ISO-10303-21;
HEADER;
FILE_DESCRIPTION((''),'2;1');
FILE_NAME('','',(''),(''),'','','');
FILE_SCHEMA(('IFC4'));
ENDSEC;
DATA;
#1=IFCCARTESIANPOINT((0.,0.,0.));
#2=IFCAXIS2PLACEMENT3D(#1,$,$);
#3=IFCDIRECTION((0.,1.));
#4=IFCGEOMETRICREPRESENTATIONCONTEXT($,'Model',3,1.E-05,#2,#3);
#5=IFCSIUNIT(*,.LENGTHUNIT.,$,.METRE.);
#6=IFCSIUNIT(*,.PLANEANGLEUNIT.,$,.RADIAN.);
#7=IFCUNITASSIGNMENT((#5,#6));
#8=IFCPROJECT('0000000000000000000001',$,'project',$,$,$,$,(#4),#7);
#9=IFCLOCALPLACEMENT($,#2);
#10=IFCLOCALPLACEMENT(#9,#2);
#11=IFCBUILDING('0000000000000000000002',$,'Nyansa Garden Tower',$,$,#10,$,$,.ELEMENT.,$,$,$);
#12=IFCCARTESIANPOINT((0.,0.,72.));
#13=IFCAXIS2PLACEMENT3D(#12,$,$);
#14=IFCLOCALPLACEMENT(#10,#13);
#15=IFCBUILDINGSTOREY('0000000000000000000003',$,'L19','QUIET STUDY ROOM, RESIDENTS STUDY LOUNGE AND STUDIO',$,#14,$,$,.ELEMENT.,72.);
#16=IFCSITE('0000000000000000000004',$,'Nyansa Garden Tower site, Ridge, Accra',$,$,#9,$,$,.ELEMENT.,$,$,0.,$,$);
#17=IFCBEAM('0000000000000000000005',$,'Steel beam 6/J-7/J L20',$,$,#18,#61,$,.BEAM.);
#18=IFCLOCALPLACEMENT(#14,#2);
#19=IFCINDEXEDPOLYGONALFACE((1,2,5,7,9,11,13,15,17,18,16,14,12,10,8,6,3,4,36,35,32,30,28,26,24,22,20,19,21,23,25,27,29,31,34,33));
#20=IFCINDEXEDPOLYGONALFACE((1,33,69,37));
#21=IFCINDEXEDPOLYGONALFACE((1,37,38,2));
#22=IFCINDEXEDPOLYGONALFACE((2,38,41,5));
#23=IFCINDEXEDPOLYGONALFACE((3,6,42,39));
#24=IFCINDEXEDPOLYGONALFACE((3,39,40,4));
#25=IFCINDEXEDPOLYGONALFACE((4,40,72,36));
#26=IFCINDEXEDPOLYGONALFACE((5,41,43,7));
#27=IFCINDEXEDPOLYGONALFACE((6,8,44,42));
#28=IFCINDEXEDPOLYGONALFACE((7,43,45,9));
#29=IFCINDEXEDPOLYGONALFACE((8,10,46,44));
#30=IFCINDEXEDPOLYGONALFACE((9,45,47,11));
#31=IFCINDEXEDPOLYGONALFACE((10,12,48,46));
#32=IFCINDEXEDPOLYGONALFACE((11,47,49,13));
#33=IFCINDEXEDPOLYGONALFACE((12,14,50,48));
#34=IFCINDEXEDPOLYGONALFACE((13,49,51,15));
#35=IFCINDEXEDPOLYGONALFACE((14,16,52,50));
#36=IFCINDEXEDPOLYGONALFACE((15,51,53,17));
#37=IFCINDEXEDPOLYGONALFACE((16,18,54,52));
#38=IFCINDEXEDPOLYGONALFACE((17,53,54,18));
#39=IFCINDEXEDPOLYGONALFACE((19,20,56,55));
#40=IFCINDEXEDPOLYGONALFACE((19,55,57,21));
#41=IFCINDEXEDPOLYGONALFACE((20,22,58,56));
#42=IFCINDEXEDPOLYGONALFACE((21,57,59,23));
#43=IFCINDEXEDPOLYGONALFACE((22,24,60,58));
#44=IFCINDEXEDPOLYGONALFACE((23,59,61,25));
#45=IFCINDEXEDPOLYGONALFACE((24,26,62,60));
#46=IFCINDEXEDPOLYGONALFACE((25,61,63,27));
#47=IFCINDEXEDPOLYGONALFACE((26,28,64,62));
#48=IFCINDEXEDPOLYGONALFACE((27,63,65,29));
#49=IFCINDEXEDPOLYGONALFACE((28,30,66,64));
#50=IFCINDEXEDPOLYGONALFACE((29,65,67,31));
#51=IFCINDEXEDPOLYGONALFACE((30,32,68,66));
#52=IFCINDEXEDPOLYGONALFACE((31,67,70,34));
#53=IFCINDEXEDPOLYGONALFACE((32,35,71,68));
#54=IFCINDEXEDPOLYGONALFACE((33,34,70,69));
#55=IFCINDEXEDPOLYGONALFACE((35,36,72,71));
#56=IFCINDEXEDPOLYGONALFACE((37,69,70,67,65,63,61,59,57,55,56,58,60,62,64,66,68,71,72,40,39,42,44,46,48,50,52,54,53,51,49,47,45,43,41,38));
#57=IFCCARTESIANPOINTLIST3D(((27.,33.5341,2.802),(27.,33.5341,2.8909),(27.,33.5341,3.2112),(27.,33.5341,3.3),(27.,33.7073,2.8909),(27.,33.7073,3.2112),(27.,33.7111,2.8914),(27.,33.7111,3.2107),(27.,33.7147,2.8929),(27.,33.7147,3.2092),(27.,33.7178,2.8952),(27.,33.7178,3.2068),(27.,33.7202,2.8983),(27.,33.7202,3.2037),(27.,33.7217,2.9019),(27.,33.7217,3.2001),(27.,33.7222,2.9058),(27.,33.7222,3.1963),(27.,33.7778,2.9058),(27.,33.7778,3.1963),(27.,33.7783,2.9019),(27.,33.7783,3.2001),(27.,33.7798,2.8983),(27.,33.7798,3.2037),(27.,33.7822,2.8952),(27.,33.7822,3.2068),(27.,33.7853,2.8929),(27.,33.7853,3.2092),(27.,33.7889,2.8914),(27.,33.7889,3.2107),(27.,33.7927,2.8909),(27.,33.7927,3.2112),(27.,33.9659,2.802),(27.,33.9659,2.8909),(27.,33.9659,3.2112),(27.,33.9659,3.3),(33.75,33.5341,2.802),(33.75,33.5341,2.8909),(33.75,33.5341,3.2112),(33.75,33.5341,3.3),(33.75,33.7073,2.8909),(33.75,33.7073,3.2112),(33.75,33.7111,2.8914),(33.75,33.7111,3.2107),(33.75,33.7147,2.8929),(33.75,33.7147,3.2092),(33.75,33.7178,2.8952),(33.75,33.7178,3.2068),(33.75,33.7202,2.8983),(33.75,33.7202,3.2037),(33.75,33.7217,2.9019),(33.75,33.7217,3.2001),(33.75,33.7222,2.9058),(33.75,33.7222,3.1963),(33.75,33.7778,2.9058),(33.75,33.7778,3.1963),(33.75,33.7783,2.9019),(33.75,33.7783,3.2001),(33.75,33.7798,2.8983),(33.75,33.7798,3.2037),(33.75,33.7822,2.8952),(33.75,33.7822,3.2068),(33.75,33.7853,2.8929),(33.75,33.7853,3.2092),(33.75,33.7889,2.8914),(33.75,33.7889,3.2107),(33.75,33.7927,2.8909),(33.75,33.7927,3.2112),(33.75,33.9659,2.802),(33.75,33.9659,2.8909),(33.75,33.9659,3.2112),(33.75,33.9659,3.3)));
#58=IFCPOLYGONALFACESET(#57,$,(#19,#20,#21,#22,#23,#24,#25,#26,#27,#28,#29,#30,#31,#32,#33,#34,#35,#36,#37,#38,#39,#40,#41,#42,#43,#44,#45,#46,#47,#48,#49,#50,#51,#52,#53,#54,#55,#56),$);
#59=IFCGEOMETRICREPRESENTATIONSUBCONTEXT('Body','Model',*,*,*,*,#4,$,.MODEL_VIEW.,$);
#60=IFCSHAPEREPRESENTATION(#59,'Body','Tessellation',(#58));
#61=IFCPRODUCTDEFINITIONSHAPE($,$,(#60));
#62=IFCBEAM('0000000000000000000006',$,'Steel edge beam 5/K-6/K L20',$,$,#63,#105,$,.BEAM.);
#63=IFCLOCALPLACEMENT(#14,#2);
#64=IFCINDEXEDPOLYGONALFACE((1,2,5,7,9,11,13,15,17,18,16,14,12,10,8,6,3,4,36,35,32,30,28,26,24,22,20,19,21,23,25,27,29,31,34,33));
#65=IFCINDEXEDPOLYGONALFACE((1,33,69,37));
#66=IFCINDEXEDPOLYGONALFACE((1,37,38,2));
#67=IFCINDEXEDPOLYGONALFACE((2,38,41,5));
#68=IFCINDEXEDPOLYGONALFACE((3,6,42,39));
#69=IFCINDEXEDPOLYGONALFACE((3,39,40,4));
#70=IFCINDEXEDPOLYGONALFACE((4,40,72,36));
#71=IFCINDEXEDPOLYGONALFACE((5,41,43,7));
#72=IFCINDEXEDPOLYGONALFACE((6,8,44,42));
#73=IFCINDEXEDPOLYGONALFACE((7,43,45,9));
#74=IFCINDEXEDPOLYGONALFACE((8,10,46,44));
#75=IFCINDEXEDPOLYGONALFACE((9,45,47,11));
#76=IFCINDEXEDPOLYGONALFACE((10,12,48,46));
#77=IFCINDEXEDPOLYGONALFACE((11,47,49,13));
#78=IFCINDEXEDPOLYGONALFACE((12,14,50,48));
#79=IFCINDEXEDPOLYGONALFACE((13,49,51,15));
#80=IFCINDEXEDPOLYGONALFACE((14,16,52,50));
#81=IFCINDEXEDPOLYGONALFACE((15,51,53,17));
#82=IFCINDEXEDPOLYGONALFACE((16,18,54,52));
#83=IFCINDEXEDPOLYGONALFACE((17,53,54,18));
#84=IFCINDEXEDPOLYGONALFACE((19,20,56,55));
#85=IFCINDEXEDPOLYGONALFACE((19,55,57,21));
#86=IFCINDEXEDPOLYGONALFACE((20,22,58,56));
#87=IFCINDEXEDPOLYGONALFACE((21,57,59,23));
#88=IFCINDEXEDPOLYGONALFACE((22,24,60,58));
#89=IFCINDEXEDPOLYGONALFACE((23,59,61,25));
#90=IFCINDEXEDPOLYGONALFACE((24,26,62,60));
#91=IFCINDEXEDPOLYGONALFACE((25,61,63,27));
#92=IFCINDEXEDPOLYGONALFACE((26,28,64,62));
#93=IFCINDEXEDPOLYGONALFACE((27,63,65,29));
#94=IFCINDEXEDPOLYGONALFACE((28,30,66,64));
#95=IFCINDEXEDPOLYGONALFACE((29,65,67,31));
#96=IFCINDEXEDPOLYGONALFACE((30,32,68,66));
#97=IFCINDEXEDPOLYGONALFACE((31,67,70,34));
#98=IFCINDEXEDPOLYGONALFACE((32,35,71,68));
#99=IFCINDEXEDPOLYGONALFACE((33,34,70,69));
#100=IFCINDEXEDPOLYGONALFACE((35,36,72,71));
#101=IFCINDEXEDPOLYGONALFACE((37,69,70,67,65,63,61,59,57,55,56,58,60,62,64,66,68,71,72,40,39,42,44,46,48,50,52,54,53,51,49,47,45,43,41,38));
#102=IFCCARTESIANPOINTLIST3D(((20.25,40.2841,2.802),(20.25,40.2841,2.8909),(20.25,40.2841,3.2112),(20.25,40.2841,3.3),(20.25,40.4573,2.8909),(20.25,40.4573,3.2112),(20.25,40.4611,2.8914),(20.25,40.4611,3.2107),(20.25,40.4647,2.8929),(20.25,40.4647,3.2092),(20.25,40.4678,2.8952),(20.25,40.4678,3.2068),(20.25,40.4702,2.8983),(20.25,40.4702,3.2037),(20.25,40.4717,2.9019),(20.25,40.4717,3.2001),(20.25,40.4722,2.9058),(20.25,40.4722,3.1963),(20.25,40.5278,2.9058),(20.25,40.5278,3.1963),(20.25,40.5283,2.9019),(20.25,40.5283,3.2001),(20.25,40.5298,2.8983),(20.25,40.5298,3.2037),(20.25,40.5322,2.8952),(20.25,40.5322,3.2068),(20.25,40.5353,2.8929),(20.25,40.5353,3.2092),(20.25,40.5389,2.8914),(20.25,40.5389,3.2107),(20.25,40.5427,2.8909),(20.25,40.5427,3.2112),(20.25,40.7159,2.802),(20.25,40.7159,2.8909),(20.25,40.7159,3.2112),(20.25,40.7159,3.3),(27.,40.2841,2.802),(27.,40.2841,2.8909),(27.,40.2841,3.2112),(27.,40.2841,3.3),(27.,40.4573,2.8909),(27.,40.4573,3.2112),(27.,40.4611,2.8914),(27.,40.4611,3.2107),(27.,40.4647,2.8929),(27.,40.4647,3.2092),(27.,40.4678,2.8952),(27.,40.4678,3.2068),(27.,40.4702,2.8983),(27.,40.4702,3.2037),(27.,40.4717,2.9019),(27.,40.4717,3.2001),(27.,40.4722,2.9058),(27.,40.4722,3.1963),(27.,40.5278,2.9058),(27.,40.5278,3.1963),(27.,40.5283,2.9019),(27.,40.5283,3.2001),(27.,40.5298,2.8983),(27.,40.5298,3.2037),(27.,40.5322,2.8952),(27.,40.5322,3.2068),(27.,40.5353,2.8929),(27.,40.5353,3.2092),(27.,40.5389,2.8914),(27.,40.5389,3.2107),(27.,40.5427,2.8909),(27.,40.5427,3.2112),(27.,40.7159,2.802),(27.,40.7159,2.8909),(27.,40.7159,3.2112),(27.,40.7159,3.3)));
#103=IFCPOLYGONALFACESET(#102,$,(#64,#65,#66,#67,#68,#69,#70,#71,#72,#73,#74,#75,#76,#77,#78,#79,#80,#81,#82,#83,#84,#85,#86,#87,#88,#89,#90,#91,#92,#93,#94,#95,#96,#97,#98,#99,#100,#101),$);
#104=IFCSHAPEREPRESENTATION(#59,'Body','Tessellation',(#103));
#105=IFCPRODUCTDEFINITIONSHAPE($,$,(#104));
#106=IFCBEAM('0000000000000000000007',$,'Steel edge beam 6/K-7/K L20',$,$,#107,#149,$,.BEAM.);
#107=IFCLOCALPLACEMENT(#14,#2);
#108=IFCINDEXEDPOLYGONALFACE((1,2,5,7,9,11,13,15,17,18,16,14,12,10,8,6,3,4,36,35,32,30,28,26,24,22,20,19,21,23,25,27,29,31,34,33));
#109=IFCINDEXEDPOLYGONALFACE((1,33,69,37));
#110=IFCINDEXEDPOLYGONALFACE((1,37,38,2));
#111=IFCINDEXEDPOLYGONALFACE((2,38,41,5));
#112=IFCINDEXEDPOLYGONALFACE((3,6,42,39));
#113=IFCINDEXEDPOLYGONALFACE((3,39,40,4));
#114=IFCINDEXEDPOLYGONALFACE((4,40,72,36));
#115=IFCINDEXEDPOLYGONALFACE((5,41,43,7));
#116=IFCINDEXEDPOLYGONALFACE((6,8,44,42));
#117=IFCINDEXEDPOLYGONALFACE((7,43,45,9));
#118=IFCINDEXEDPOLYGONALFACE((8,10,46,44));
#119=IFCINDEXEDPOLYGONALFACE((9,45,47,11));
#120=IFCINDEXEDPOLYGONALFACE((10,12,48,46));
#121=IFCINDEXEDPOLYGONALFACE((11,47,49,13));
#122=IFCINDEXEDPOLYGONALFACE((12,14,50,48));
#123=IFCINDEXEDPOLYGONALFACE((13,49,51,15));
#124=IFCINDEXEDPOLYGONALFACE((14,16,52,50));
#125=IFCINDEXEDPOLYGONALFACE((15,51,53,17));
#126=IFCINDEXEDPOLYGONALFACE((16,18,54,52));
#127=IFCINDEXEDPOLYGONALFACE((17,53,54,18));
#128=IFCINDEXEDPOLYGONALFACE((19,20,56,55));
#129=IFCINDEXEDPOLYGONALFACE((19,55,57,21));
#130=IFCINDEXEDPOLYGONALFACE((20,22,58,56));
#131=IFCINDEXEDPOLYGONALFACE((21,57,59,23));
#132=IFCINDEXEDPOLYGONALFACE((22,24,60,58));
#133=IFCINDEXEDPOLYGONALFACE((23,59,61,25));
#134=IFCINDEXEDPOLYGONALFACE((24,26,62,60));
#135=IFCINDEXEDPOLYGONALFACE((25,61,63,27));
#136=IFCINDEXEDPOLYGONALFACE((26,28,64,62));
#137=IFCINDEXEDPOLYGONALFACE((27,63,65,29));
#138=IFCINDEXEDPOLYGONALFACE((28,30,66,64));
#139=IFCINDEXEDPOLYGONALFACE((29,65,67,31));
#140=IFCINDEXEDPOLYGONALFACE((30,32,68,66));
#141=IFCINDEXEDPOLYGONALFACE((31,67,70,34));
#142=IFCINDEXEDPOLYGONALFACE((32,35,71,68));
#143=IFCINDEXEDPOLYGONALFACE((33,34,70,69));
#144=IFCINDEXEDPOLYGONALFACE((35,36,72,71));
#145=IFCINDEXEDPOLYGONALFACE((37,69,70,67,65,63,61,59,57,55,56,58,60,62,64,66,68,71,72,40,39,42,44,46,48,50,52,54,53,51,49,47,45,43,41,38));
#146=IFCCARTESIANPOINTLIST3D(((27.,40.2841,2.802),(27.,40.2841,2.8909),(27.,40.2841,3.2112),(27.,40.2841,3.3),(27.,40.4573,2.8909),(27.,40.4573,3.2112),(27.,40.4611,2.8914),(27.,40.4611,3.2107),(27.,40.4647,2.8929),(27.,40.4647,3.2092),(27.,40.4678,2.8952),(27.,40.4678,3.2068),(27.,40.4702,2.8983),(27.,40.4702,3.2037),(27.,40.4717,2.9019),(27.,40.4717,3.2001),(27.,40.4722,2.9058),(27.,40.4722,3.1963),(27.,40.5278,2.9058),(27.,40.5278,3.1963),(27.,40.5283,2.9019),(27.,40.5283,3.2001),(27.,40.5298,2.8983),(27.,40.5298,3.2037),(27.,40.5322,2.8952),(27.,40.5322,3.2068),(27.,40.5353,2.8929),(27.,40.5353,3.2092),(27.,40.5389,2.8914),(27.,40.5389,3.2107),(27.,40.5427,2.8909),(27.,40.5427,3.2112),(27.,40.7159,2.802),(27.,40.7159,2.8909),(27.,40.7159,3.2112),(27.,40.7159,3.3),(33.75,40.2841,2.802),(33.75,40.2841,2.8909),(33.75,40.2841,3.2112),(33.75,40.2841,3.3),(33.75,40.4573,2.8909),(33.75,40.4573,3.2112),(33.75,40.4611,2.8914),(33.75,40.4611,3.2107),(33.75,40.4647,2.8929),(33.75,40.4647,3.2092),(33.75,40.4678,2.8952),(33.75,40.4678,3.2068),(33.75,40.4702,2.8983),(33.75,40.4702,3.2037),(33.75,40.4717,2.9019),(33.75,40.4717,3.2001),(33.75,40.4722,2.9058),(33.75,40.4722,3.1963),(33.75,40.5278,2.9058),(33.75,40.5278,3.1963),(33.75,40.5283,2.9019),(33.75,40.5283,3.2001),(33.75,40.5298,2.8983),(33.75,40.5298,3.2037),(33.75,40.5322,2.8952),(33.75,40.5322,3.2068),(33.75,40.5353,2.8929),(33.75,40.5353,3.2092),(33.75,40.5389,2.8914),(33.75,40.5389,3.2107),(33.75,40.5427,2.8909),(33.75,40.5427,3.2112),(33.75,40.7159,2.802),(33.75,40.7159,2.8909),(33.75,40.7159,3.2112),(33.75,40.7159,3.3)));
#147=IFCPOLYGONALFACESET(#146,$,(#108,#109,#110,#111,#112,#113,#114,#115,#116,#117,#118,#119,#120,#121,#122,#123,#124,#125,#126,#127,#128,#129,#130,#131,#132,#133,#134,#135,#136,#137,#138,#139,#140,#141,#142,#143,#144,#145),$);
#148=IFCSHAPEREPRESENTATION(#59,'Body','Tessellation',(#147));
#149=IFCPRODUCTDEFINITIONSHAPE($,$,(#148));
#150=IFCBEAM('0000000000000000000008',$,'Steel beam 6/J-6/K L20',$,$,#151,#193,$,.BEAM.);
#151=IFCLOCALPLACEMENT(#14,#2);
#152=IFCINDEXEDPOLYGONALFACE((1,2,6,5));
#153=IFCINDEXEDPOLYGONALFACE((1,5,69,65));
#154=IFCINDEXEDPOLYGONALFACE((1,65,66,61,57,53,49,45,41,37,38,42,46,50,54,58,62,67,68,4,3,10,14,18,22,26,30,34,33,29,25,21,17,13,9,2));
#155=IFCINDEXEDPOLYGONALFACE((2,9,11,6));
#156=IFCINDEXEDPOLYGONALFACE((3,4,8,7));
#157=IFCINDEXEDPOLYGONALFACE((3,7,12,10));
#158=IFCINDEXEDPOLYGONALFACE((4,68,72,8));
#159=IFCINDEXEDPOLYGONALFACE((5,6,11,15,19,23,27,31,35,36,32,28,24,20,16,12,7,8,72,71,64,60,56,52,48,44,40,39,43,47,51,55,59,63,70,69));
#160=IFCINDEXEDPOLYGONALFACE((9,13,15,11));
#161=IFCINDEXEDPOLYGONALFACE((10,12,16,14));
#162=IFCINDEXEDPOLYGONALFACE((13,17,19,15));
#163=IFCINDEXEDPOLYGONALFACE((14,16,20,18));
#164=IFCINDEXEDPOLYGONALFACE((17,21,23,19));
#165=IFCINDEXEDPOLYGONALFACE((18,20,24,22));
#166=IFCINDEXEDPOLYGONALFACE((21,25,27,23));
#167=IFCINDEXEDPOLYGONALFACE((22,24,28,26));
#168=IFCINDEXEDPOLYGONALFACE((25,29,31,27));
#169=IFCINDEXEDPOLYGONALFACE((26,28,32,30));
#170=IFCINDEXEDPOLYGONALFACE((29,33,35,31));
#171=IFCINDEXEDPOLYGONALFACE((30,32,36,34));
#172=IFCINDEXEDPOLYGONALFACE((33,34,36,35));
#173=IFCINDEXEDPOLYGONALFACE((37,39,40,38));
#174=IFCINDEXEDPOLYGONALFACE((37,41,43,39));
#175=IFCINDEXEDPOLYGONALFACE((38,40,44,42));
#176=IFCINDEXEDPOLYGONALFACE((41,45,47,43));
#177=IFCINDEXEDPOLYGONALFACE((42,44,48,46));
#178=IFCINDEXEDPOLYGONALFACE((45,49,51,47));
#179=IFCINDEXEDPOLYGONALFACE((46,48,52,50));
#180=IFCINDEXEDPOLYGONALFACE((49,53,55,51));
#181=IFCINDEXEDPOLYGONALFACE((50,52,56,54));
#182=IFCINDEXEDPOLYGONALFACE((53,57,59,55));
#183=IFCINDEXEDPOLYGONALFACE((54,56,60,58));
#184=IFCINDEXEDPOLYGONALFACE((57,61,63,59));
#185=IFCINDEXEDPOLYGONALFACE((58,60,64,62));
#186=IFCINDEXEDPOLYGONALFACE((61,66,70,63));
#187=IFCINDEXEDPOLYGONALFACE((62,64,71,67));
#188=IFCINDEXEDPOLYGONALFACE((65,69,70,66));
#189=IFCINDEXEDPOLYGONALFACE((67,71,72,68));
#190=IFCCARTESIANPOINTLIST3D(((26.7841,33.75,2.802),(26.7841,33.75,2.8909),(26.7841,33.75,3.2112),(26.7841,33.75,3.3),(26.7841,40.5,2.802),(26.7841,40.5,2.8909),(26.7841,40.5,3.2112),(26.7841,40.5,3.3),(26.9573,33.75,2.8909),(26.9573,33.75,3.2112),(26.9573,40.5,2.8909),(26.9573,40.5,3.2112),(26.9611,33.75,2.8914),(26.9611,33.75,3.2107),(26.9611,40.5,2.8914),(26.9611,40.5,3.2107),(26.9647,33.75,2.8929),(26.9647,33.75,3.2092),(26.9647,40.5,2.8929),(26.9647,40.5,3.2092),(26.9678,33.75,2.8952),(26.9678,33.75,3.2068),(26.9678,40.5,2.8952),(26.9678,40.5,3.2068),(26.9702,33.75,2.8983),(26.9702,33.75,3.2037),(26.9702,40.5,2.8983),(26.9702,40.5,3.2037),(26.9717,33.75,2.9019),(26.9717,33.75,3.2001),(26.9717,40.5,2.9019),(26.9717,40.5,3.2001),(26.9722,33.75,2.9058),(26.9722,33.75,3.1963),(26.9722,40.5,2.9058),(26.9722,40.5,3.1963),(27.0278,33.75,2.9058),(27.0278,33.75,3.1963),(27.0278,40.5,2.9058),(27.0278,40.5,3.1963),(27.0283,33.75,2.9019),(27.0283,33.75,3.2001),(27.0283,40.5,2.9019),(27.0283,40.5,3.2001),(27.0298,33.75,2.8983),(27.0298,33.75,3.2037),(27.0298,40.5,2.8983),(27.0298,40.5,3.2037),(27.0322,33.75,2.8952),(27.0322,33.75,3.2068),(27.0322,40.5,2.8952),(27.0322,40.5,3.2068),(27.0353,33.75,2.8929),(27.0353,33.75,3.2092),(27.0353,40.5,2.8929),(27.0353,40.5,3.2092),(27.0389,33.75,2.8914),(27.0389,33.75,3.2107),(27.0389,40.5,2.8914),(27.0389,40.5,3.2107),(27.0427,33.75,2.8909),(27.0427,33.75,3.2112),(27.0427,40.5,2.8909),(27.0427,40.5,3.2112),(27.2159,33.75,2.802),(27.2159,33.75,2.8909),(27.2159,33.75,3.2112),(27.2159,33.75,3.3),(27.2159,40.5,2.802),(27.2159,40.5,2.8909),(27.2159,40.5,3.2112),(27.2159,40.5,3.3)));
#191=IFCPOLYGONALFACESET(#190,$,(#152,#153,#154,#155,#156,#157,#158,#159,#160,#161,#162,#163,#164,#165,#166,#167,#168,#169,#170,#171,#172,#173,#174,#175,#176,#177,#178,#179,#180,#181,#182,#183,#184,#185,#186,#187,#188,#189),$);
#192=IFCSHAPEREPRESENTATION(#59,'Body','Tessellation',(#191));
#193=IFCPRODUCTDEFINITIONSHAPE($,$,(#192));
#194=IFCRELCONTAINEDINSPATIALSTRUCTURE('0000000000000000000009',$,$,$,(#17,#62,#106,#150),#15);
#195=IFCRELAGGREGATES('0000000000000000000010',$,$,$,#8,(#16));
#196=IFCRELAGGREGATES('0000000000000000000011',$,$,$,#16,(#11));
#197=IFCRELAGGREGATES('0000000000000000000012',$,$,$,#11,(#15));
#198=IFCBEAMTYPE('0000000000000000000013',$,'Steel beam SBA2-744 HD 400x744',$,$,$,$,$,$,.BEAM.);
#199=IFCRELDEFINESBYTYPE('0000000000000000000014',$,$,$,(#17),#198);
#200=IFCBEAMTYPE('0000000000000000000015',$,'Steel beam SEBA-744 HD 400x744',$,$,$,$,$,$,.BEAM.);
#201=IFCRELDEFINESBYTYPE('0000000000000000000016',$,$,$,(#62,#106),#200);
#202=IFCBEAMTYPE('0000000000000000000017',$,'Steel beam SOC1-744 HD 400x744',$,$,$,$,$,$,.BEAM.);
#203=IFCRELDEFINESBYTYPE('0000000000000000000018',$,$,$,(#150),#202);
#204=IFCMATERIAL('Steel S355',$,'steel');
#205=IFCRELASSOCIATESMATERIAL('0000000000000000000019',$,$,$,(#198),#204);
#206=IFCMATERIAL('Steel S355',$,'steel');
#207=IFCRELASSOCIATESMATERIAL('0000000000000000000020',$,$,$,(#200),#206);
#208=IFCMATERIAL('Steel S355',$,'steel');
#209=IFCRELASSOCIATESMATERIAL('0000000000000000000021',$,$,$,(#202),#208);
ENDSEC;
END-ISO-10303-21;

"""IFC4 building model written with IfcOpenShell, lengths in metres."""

from ifc_helpers import new_model, si_unit, direction, frame, origin, origin_2d, place, context, subcontext, project, spatial, i_section, extrude, material, material_profile, profile_set, type_object, element, save


model = new_model("IFC4")

# Units and contexts
model_context = context("Model", 3, precision=1e-05, world=origin(), true_north=direction((0.0, 1.0)))
body_context = subcontext(model_context, "Body", "Model", "MODEL_VIEW")
ifc_project = project(units=[si_unit("LENGTHUNIT", "METRE"), si_unit("PLANEANGLEUNIT", "RADIAN")], contexts=[model_context])

# Site, building, storey
site_placement = place(None, origin())
site = spatial("IfcSite", under=ifc_project, at=site_placement, Name="Nyansa Garden Tower site, Ridge, Accra", CompositionType="ELEMENT", RefElevation=0.0)
building_placement = place(site_placement, origin())
building = spatial("IfcBuilding", under=site, at=building_placement, Name="Nyansa Garden Tower", CompositionType="ELEMENT")
storey_placement = place(building_placement, frame((0.0, 0.0, 72.0)))
storey = spatial("IfcBuildingStorey", under=building, at=storey_placement, Name="L19", Description="QUIET STUDY ROOM, RESIDENTS STUDY LOUNGE AND STUDIO", CompositionType="ELEMENT", Elevation=72.0)

# Beams
ifc_material_1 = material(Name="Steel S355", Category="steel")
ifc_material_profile_1 = material_profile(ifc_material_1, i_section(OverallWidth=0.4319, OverallDepth=0.498, WebThickness=0.0557, FlangeThickness=0.0889, FilletRadius=0.0149, at=origin_2d()), Name="HD 400x744")
ifc_profile_set_1 = profile_set([ifc_material_profile_1], Name="Steel S355")
beam_type_1 = type_object("IfcBeamType", Name="Steel beam SBA2-744 HD 400x744", PredefinedType="BEAM", material=ifc_profile_set_1)
for number, where, z_axis, x_axis, name in (
    (1, (27.0, 33.75, 3.051), (1.0, 0.0, 0.0), (0.0, 1.0, 0.0), "Steel beam 6/J-7/J L20"),
):
    element("IfcBeam", number, at=place(storey_placement, frame(where, z_axis=z_axis, x_axis=x_axis)), inside=storey, type_object=beam_type_1, Name=name, PredefinedType="BEAM", context=body_context, shape_type="SweptSolid", body=[
        extrude(i_section(OverallWidth=0.4319, OverallDepth=0.498, WebThickness=0.0557, FlangeThickness=0.0889, FilletRadius=0.0149, at=origin_2d()), origin(), (0.0, 0.0, 1.0), 6.75),
    ])
ifc_material_2 = material(Name="Steel S355", Category="steel")
ifc_material_profile_2 = material_profile(ifc_material_2, i_section(OverallWidth=0.4319, OverallDepth=0.498, WebThickness=0.0557, FlangeThickness=0.0889, FilletRadius=0.0149, at=origin_2d()), Name="HD 400x744")
ifc_profile_set_2 = profile_set([ifc_material_profile_2], Name="Steel S355")
beam_type_2 = type_object("IfcBeamType", Name="Steel beam SEBA-744 HD 400x744", PredefinedType="BEAM", material=ifc_profile_set_2)
for number, where, z_axis, x_axis, name in (
    (2, (20.25, 40.5, 3.051), (1.0, 0.0, 0.0), (0.0, 1.0, 0.0), "Steel edge beam 5/K-6/K L20"),
    (3, (27.0, 40.5, 3.051), (1.0, 0.0, 0.0), (0.0, 1.0, 0.0), "Steel edge beam 6/K-7/K L20"),
):
    element("IfcBeam", number, at=place(storey_placement, frame(where, z_axis=z_axis, x_axis=x_axis)), inside=storey, type_object=beam_type_2, Name=name, PredefinedType="BEAM", context=body_context, shape_type="SweptSolid", body=[
        extrude(i_section(OverallWidth=0.4319, OverallDepth=0.498, WebThickness=0.0557, FlangeThickness=0.0889, FilletRadius=0.0149, at=origin_2d()), origin(), (0.0, 0.0, 1.0), 6.75),
    ])
ifc_material_3 = material(Name="Steel S355", Category="steel")
ifc_material_profile_3 = material_profile(ifc_material_3, i_section(OverallWidth=0.4319, OverallDepth=0.498, WebThickness=0.0557, FlangeThickness=0.0889, FilletRadius=0.0149, at=origin_2d()), Name="HD 400x744")
ifc_profile_set_3 = profile_set([ifc_material_profile_3], Name="Steel S355")
beam_type_3 = type_object("IfcBeamType", Name="Steel beam SOC1-744 HD 400x744", PredefinedType="BEAM", material=ifc_profile_set_3)
beam_1_placement = place(storey_placement, frame((27.0, 33.75, 3.051), z_axis=(0.0, 1.0, 0.0), x_axis=(-1.0, 0.0, 0.0)))
element("IfcBeam", 4, at=beam_1_placement, inside=storey, type_object=beam_type_3, Name="Steel beam 6/J-6/K L20", PredefinedType="BEAM", context=body_context, shape_type="SweptSolid", body=[
    extrude(i_section(OverallWidth=0.4319, OverallDepth=0.498, WebThickness=0.0557, FlangeThickness=0.0889, FilletRadius=0.0149, at=origin_2d()), origin(), (0.0, 0.0, 1.0), 6.75),
])

save(model, "model.ifc")
